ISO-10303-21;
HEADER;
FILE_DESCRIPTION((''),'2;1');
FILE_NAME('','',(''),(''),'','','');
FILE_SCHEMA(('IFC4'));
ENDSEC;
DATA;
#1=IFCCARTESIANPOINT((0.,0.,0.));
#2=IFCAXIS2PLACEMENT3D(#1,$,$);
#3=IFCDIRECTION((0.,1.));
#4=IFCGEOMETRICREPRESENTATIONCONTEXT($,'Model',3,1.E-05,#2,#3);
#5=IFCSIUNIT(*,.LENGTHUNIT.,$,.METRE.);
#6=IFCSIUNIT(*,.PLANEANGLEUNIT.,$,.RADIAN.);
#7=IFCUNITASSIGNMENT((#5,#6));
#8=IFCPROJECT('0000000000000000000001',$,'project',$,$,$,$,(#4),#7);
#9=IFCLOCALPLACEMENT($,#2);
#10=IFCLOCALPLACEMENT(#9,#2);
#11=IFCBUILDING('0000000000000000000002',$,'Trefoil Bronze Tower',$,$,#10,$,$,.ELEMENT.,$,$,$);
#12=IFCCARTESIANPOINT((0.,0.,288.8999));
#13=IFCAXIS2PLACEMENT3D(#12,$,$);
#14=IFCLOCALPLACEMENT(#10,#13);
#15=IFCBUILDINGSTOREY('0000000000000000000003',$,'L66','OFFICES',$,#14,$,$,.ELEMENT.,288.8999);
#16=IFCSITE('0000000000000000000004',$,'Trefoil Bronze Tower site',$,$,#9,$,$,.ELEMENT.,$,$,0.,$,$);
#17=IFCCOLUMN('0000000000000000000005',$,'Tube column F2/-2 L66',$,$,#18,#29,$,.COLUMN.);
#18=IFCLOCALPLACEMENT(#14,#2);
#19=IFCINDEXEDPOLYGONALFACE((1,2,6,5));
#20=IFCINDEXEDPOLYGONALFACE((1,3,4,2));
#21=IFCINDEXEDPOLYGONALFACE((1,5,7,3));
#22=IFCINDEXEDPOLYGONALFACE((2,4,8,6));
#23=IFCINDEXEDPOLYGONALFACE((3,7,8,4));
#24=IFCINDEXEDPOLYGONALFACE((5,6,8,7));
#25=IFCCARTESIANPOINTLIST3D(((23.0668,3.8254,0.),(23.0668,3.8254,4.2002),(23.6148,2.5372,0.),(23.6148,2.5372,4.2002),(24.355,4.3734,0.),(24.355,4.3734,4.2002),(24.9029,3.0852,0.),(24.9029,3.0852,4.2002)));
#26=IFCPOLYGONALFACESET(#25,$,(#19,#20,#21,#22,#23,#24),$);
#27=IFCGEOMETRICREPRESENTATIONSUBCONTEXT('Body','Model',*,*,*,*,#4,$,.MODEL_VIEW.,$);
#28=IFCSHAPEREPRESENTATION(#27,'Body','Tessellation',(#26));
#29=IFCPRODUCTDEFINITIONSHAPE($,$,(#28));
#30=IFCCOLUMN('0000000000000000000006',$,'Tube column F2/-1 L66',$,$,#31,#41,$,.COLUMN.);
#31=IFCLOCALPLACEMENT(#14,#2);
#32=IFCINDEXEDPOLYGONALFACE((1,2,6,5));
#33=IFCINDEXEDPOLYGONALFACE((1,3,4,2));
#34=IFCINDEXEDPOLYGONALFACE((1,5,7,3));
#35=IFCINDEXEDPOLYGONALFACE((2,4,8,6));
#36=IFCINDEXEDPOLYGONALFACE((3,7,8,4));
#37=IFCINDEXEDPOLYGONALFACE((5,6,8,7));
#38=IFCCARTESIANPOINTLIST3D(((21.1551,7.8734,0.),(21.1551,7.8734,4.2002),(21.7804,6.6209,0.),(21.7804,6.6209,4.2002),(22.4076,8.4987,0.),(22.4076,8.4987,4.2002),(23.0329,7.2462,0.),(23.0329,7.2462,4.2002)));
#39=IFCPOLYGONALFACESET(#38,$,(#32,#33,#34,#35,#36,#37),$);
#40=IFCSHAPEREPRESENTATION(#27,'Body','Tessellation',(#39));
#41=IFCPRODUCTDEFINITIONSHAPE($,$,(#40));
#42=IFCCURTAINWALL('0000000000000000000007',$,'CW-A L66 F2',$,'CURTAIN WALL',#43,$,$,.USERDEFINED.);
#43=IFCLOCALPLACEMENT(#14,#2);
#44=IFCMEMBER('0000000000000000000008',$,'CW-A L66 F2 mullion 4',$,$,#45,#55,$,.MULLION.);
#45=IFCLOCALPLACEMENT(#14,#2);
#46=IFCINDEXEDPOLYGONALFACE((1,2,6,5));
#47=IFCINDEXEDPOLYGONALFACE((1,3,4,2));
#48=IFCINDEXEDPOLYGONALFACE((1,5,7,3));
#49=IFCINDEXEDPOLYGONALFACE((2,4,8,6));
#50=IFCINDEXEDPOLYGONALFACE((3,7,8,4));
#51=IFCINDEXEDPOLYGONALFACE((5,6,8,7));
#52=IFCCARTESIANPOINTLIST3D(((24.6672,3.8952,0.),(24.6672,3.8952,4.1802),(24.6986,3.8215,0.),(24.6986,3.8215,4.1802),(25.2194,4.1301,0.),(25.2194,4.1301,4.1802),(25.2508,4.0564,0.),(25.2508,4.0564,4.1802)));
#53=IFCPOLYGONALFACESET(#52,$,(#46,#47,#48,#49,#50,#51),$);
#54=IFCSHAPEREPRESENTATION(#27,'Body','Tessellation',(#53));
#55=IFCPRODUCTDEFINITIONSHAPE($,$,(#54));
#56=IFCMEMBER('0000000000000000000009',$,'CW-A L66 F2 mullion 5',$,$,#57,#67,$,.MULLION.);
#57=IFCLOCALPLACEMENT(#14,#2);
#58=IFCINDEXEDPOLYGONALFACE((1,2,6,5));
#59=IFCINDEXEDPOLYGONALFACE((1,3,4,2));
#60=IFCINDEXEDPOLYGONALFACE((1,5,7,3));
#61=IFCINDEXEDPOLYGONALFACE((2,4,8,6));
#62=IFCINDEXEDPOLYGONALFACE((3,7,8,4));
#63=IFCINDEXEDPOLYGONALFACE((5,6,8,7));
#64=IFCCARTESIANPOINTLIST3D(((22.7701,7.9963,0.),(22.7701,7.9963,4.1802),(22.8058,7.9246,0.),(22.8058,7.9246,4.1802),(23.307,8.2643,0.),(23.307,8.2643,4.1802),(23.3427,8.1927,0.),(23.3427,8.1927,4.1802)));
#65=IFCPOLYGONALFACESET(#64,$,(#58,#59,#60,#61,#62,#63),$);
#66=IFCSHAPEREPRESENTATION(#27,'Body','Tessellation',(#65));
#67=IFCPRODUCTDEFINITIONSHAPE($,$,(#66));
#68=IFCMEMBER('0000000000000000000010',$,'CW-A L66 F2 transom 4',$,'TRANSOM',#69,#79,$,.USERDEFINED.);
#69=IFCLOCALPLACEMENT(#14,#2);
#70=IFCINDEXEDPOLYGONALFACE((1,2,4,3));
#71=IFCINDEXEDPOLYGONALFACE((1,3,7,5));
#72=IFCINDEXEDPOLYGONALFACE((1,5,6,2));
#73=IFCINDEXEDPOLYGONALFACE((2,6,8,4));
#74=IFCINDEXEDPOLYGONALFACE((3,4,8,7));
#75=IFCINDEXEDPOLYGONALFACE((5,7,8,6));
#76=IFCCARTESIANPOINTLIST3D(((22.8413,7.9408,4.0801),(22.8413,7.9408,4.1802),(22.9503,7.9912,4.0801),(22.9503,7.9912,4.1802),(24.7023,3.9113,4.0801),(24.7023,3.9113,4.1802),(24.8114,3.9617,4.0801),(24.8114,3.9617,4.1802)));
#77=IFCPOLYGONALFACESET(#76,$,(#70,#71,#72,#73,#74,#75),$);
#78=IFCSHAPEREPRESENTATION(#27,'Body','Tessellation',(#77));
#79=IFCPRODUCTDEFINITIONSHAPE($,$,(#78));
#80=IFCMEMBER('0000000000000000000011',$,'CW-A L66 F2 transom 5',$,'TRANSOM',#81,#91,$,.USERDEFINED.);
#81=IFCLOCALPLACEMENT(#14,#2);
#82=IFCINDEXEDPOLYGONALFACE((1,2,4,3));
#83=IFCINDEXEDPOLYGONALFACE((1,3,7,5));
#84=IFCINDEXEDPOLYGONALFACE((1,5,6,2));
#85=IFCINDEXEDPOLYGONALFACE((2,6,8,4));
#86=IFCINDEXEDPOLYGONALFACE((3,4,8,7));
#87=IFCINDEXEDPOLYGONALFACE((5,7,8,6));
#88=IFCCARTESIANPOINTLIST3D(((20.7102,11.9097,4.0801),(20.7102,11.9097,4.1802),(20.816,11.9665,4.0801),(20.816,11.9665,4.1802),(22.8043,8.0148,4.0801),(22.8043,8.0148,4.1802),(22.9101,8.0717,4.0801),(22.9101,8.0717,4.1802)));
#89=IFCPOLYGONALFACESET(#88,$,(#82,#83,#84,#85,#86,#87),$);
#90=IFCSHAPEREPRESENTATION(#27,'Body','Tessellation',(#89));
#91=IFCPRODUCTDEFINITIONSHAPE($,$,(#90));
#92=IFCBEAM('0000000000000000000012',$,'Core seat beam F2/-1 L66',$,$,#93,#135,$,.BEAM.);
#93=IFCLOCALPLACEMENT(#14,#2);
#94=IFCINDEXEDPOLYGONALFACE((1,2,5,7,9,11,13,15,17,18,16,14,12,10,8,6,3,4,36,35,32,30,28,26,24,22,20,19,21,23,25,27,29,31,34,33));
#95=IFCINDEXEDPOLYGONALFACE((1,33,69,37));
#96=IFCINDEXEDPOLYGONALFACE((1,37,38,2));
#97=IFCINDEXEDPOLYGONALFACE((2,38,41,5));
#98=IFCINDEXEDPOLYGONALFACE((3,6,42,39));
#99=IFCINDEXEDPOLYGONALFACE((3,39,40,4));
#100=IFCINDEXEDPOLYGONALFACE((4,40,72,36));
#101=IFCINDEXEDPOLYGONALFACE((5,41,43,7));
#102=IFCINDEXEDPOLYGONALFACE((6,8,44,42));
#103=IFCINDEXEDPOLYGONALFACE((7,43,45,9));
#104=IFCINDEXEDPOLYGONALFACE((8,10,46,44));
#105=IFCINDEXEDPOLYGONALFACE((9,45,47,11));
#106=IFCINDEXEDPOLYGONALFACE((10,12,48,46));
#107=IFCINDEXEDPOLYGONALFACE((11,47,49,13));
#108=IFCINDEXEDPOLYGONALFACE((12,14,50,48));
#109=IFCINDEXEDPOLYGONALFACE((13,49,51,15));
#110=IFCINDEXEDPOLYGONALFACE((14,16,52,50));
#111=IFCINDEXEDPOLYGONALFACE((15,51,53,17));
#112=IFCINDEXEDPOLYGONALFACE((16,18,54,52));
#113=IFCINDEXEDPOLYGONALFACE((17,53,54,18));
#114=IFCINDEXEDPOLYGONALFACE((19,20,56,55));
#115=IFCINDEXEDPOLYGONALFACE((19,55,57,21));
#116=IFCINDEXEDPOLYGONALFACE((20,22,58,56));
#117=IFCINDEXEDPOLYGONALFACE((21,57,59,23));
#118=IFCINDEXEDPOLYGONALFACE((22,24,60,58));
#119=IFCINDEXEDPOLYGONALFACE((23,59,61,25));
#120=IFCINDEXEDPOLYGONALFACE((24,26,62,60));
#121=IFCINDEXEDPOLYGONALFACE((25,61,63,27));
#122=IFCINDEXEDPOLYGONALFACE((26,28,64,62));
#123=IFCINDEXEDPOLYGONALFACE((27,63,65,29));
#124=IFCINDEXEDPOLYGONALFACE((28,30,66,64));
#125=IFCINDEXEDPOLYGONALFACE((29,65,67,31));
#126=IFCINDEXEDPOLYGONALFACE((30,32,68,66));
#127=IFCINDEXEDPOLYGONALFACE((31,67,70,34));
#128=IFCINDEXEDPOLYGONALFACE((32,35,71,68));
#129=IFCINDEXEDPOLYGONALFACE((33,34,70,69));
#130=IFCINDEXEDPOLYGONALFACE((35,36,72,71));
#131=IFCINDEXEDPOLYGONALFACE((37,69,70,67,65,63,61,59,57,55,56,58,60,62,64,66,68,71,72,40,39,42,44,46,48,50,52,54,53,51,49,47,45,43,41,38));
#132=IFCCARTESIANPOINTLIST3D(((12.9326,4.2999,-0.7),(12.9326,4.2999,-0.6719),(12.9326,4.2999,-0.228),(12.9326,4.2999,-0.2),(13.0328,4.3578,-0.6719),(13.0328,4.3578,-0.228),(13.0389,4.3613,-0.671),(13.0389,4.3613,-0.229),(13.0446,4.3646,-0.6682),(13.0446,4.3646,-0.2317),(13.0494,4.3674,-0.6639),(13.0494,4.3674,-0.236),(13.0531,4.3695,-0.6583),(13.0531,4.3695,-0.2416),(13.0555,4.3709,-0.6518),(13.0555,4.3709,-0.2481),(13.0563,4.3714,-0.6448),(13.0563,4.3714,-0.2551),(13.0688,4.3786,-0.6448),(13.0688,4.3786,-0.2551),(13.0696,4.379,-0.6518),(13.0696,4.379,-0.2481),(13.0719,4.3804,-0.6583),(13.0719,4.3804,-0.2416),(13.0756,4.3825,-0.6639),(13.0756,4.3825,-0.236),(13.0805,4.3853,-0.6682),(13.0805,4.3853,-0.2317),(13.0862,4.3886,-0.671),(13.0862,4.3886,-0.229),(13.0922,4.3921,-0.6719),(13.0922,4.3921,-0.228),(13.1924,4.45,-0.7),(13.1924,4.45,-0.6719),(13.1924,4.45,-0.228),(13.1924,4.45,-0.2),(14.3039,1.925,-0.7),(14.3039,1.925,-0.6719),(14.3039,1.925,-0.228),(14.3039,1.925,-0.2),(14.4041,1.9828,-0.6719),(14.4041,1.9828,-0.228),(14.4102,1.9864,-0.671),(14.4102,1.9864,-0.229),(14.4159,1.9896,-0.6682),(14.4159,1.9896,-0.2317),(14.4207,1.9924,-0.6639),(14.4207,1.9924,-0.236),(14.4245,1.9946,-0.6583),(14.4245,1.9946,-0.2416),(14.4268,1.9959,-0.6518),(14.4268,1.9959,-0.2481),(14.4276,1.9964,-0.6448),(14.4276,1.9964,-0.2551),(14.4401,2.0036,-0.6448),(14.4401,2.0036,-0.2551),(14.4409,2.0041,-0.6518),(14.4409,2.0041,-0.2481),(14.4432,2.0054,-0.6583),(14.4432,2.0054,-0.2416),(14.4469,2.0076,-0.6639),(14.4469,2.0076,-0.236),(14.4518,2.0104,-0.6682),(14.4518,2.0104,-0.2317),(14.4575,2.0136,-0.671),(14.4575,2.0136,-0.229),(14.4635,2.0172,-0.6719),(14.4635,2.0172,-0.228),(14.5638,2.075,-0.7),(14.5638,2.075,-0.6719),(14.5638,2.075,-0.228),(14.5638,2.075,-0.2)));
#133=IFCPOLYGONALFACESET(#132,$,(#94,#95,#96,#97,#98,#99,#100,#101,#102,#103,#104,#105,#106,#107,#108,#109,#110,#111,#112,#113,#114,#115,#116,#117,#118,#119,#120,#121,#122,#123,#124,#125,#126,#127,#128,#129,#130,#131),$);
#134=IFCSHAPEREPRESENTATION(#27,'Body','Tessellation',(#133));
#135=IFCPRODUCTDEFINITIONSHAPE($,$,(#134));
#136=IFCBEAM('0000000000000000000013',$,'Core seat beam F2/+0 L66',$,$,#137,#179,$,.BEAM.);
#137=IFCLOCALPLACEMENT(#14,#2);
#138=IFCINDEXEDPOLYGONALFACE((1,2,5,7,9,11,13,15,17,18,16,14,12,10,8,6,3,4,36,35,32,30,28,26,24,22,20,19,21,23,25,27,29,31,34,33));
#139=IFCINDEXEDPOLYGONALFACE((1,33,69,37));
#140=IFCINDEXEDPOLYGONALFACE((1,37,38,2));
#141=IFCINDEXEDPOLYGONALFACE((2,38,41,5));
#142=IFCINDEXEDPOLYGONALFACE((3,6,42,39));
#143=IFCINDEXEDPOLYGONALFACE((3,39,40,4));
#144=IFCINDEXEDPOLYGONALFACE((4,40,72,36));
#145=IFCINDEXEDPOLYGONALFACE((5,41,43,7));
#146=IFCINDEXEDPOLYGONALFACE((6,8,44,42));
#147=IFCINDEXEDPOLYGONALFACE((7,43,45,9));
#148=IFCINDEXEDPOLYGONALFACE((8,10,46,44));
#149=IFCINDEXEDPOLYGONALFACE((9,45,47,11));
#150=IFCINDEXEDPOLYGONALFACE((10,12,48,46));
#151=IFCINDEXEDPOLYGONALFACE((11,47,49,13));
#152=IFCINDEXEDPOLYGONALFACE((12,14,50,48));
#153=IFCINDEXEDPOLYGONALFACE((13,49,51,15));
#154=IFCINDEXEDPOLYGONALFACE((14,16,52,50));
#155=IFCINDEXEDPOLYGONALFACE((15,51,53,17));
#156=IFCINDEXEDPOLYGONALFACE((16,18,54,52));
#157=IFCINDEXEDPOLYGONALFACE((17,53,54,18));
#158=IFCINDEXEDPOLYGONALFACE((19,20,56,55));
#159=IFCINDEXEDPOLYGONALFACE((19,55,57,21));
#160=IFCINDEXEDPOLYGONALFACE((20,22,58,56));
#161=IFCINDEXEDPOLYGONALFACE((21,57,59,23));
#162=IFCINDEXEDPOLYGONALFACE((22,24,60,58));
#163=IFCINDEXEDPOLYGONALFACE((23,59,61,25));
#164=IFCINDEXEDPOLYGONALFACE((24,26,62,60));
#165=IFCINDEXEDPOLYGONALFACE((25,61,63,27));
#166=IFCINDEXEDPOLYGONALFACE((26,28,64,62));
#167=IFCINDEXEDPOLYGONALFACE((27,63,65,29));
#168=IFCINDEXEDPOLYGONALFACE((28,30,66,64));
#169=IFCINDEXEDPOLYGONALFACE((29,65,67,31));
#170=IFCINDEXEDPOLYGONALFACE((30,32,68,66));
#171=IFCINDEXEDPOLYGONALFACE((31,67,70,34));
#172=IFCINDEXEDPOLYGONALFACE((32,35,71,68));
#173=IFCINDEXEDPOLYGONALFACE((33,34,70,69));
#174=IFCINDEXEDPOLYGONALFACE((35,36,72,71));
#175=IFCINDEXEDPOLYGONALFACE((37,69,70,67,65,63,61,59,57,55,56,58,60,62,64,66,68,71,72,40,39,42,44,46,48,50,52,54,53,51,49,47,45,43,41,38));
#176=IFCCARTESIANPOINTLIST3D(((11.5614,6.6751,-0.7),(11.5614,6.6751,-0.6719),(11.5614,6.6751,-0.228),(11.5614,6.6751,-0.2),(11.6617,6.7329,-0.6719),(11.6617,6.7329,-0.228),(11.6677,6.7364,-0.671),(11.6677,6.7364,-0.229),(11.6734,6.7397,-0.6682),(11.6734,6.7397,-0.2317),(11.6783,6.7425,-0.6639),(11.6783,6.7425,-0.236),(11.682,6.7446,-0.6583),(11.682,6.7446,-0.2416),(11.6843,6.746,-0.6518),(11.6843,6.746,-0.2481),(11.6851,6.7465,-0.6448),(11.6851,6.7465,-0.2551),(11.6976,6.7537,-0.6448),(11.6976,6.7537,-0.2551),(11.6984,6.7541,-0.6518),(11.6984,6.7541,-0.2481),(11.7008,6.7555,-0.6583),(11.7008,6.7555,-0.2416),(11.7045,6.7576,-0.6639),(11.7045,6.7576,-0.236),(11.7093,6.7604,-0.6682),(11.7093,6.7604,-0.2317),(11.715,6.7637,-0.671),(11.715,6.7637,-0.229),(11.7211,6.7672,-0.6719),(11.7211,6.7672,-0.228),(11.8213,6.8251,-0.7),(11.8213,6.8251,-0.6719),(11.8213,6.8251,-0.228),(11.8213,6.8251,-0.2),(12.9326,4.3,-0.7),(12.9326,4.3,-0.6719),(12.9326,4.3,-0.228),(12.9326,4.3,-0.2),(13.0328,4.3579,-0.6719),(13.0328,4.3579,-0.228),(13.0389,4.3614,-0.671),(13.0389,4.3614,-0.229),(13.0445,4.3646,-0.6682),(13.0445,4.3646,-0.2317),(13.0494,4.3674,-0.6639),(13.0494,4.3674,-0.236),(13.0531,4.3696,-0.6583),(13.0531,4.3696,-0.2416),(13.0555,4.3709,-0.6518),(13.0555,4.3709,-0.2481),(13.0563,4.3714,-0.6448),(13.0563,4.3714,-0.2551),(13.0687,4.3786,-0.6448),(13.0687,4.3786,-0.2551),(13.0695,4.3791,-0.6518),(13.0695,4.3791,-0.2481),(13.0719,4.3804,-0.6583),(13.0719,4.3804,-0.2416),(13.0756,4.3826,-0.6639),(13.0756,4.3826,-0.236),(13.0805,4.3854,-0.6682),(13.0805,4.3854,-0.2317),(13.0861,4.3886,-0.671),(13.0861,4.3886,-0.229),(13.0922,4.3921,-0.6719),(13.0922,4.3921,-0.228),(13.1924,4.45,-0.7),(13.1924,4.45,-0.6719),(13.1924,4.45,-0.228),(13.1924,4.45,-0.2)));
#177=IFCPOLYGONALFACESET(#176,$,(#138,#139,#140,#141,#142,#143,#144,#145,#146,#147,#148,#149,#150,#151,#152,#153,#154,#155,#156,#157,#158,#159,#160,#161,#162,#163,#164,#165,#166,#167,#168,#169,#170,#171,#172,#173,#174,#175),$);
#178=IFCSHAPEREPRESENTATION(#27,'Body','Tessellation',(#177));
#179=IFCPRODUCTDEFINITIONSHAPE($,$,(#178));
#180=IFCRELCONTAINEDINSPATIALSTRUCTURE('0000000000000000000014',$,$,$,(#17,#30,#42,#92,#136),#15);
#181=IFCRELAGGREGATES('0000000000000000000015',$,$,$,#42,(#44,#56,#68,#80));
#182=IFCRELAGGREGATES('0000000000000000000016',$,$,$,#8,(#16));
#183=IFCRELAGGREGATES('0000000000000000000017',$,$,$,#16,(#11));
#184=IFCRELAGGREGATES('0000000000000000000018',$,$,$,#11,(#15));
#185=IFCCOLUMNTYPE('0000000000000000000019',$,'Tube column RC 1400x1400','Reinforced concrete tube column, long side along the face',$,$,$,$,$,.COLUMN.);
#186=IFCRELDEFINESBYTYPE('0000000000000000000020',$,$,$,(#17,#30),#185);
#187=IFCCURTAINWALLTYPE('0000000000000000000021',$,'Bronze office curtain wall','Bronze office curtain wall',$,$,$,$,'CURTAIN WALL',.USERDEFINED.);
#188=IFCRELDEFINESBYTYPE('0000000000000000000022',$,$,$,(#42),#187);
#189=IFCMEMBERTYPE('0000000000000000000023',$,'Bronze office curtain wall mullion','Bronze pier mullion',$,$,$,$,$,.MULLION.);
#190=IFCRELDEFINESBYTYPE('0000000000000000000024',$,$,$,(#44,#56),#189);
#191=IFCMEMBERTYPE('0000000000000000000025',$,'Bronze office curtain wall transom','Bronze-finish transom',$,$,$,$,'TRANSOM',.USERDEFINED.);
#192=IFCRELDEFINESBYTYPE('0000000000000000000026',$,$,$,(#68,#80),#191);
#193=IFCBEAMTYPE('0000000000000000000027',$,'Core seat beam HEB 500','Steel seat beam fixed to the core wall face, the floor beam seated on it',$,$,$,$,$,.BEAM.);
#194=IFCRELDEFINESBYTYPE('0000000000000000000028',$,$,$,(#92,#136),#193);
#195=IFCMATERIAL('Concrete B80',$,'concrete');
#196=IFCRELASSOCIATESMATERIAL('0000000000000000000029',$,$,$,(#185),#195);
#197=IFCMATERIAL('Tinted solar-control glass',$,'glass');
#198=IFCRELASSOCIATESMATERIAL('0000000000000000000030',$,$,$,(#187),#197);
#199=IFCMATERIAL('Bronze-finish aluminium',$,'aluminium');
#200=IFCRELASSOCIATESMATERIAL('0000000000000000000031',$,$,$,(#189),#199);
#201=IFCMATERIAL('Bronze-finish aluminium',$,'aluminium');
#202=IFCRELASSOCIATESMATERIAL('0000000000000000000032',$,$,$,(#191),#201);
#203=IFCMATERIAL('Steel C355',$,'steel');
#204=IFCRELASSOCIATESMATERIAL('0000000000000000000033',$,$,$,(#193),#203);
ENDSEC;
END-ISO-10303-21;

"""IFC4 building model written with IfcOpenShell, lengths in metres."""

from ifc_helpers import new_model, si_unit, direction, frame, origin, origin_2d, place, context, subcontext, project, spatial, rectangle, i_section, extrude, material, material_profile, profile_set, type_object, element, aggregate, save


model = new_model("IFC4")

# Units and contexts
model_context = context("Model", 3, precision=1e-05, world=origin(), true_north=direction((0.0, 1.0)))
body_context = subcontext(model_context, "Body", "Model", "MODEL_VIEW")
ifc_project = project(units=[si_unit("LENGTHUNIT", "METRE"), si_unit("PLANEANGLEUNIT", "RADIAN")], contexts=[model_context])

# Site, building, storey
site_placement = place(None, origin())
site = spatial("IfcSite", under=ifc_project, at=site_placement, Name="Trefoil Bronze Tower site", CompositionType="ELEMENT", RefElevation=0.0)
building_placement = place(site_placement, origin())
building = spatial("IfcBuilding", under=site, at=building_placement, Name="Trefoil Bronze Tower", CompositionType="ELEMENT")
storey_placement = place(building_placement, frame((0.0, 0.0, 288.8999)))
storey = spatial("IfcBuildingStorey", under=building, at=storey_placement, Name="L66", Description="OFFICES", CompositionType="ELEMENT", Elevation=288.8999)

# Columns
ifc_material_1 = material(Name="Concrete B80", Category="concrete")
ifc_material_profile_1 = material_profile(ifc_material_1, rectangle(XDim=1.3999, YDim=1.3999, at=origin_2d()), Name="RC 1400x1400")
ifc_profile_set_1 = profile_set([ifc_material_profile_1], Name="Concrete B80")
column_type = type_object("IfcColumnType", Name="Tube column RC 1400x1400", Description="Reinforced concrete tube column, long side along the face", PredefinedType="COLUMN", material=ifc_profile_set_1)
for number, where, z_axis, x_axis, name in (
    (1, (23.9849, 3.4553, 0.0), (0.0, 0.0, 1.0), (-0.391436, 0.920205, 0.0), "Tube column F2/-2 L66"),
    (2, (22.094, 7.5598, 0.0), (0.0, 0.0, 1.0), (-0.446641, 0.894713, 0.0), "Tube column F2/-1 L66"),
):
    element("IfcColumn", number, at=place(storey_placement, frame(where, z_axis=z_axis, x_axis=x_axis)), inside=storey, type_object=column_type, Name=name, PredefinedType="COLUMN", context=body_context, shape_type="SweptSolid", body=[
        extrude(rectangle(XDim=1.3999, YDim=1.3999, at=origin_2d()), origin(), (0.0, 0.0, 1.0), 4.2002),
    ])

# Curtain wall, members
ifc_material_2 = material(Name="Tinted solar-control glass", Category="glass")
curtain_wall_type = type_object("IfcCurtainWallType", Name="Bronze office curtain wall", Description="Bronze office curtain wall", ElementType="CURTAIN WALL", PredefinedType="USERDEFINED", material=ifc_material_2)
curtain_wall_placement = place(storey_placement, origin())
curtain_wall = element("IfcCurtainWall", 3, at=curtain_wall_placement, inside=storey, type_object=curtain_wall_type, Name="CW-A L66 F2", ObjectType="CURTAIN WALL", PredefinedType="USERDEFINED")
ifc_material_3 = material(Name="Bronze-finish aluminium", Category="aluminium")
ifc_material_profile_2 = material_profile(ifc_material_3, rectangle(XDim=0.6001, YDim=0.0801, at=origin_2d()), Name="CW-A mullion")
ifc_profile_set_2 = profile_set([ifc_material_profile_2], Name="Bronze-finish aluminium")
member_type_1 = type_object("IfcMemberType", Name="Bronze office curtain wall mullion", Description="Bronze pier mullion", PredefinedType="MULLION", material=ifc_profile_set_2)
member_1_placement = place(storey_placement, frame((24.959, 3.9758, 0.0), z_axis=(0.0, 0.0, 1.0), x_axis=(-0.920205, -0.391436, 0.0)))
member_1 = element("IfcMember", 4, at=member_1_placement, type_object=member_type_1, Name="CW-A L66 F2 mullion 4", PredefinedType="MULLION", context=body_context, shape_type="SweptSolid", body=[
    extrude(rectangle(XDim=0.6001, YDim=0.0801, at=origin_2d()), origin(), (0.0, 0.0, 1.0), 4.1802),
])
member_2_placement = place(storey_placement, frame((23.0564, 8.0945, 0.0), z_axis=(0.0, 0.0, 1.0), x_axis=(-0.894713, -0.446641, 0.0)))
member_2 = element("IfcMember", 5, at=member_2_placement, type_object=member_type_1, Name="CW-A L66 F2 mullion 5", PredefinedType="MULLION", context=body_context, shape_type="SweptSolid", body=[
    extrude(rectangle(XDim=0.6001, YDim=0.0801, at=origin_2d()), origin(), (0.0, 0.0, 1.0), 4.1802),
])
ifc_material_4 = material(Name="Bronze-finish aluminium", Category="aluminium")
ifc_material_profile_3 = material_profile(ifc_material_4, rectangle(XDim=0.1201, YDim=0.1001, at=origin_2d()), Name="CW-A transom")
ifc_profile_set_3 = profile_set([ifc_material_profile_3], Name="Bronze-finish aluminium")
member_type_2 = type_object("IfcMemberType", Name="Bronze office curtain wall transom", Description="Bronze-finish transom", ElementType="TRANSOM", PredefinedType="USERDEFINED", material=ifc_profile_set_3)
member_3_placement = place(storey_placement, frame((24.7568, 3.9365, 4.1301), z_axis=(-0.419299, 0.907848, 0.0), x_axis=(-0.907848, -0.419299, 0.0)))
member_3 = element("IfcMember", 6, at=member_3_placement, type_object=member_type_2, Name="CW-A L66 F2 transom 4", ObjectType="TRANSOM", PredefinedType="USERDEFINED", context=body_context, shape_type="SweptSolid", body=[
    extrude(rectangle(XDim=0.1201, YDim=0.1001, at=origin_2d()), origin(), (0.0, 0.0, 1.0), 4.4385),
])
member_4_placement = place(storey_placement, frame((22.8572, 8.0432, 4.1301), z_axis=(-0.47354, 0.880772, 0.0), x_axis=(-0.880772, -0.47354, 0.0)))
member_4 = element("IfcMember", 7, at=member_4_placement, type_object=member_type_2, Name="CW-A L66 F2 transom 5", ObjectType="TRANSOM", PredefinedType="USERDEFINED", context=body_context, shape_type="SweptSolid", body=[
    extrude(rectangle(XDim=0.1201, YDim=0.1001, at=origin_2d()), origin(), (0.0, 0.0, 1.0), 4.4221),
])

# Beams
ifc_material_5 = material(Name="Steel C355", Category="steel")
ifc_material_profile_4 = material_profile(ifc_material_5, i_section(OverallWidth=0.3, OverallDepth=0.5, WebThickness=0.0144, FlangeThickness=0.0281, FilletRadius=0.0271, at=origin_2d()), Name="HEB 500")
ifc_profile_set_4 = profile_set([ifc_material_profile_4], Name="Steel C355")
beam_type_1 = type_object("IfcBeamType", Name="Core seat beam HEB 500", Description="Steel seat beam fixed to the core wall face, the floor beam seated on it", PredefinedType="BEAM", material=ifc_profile_set_4)
for number, where, z_axis, x_axis, name in (
    (8, (14.4338, 2.0, -0.45), (-0.500036, 0.866005, 0.0), (-0.866005, -0.500036, 0.0), "Core seat beam F2/-1 L66"),
    (9, (13.0625, 4.375, -0.45), (-0.499969, 0.866043, 0.0), (-0.866043, -0.499969, 0.0), "Core seat beam F2/+0 L66"),
):
    element("IfcBeam", number, at=place(storey_placement, frame(where, z_axis=z_axis, x_axis=x_axis)), inside=storey, type_object=beam_type_1, Name=name, PredefinedType="BEAM", context=body_context, shape_type="SweptSolid", body=[
        extrude(i_section(OverallWidth=0.3, OverallDepth=0.5, WebThickness=0.0144, FlangeThickness=0.0281, FilletRadius=0.0271, at=origin_2d()), origin(), (0.0, 0.0, 1.0), 2.7424),
    ])

aggregate(curtain_wall, [member_1, member_2, member_3, member_4])

save(model, "model.ifc")
